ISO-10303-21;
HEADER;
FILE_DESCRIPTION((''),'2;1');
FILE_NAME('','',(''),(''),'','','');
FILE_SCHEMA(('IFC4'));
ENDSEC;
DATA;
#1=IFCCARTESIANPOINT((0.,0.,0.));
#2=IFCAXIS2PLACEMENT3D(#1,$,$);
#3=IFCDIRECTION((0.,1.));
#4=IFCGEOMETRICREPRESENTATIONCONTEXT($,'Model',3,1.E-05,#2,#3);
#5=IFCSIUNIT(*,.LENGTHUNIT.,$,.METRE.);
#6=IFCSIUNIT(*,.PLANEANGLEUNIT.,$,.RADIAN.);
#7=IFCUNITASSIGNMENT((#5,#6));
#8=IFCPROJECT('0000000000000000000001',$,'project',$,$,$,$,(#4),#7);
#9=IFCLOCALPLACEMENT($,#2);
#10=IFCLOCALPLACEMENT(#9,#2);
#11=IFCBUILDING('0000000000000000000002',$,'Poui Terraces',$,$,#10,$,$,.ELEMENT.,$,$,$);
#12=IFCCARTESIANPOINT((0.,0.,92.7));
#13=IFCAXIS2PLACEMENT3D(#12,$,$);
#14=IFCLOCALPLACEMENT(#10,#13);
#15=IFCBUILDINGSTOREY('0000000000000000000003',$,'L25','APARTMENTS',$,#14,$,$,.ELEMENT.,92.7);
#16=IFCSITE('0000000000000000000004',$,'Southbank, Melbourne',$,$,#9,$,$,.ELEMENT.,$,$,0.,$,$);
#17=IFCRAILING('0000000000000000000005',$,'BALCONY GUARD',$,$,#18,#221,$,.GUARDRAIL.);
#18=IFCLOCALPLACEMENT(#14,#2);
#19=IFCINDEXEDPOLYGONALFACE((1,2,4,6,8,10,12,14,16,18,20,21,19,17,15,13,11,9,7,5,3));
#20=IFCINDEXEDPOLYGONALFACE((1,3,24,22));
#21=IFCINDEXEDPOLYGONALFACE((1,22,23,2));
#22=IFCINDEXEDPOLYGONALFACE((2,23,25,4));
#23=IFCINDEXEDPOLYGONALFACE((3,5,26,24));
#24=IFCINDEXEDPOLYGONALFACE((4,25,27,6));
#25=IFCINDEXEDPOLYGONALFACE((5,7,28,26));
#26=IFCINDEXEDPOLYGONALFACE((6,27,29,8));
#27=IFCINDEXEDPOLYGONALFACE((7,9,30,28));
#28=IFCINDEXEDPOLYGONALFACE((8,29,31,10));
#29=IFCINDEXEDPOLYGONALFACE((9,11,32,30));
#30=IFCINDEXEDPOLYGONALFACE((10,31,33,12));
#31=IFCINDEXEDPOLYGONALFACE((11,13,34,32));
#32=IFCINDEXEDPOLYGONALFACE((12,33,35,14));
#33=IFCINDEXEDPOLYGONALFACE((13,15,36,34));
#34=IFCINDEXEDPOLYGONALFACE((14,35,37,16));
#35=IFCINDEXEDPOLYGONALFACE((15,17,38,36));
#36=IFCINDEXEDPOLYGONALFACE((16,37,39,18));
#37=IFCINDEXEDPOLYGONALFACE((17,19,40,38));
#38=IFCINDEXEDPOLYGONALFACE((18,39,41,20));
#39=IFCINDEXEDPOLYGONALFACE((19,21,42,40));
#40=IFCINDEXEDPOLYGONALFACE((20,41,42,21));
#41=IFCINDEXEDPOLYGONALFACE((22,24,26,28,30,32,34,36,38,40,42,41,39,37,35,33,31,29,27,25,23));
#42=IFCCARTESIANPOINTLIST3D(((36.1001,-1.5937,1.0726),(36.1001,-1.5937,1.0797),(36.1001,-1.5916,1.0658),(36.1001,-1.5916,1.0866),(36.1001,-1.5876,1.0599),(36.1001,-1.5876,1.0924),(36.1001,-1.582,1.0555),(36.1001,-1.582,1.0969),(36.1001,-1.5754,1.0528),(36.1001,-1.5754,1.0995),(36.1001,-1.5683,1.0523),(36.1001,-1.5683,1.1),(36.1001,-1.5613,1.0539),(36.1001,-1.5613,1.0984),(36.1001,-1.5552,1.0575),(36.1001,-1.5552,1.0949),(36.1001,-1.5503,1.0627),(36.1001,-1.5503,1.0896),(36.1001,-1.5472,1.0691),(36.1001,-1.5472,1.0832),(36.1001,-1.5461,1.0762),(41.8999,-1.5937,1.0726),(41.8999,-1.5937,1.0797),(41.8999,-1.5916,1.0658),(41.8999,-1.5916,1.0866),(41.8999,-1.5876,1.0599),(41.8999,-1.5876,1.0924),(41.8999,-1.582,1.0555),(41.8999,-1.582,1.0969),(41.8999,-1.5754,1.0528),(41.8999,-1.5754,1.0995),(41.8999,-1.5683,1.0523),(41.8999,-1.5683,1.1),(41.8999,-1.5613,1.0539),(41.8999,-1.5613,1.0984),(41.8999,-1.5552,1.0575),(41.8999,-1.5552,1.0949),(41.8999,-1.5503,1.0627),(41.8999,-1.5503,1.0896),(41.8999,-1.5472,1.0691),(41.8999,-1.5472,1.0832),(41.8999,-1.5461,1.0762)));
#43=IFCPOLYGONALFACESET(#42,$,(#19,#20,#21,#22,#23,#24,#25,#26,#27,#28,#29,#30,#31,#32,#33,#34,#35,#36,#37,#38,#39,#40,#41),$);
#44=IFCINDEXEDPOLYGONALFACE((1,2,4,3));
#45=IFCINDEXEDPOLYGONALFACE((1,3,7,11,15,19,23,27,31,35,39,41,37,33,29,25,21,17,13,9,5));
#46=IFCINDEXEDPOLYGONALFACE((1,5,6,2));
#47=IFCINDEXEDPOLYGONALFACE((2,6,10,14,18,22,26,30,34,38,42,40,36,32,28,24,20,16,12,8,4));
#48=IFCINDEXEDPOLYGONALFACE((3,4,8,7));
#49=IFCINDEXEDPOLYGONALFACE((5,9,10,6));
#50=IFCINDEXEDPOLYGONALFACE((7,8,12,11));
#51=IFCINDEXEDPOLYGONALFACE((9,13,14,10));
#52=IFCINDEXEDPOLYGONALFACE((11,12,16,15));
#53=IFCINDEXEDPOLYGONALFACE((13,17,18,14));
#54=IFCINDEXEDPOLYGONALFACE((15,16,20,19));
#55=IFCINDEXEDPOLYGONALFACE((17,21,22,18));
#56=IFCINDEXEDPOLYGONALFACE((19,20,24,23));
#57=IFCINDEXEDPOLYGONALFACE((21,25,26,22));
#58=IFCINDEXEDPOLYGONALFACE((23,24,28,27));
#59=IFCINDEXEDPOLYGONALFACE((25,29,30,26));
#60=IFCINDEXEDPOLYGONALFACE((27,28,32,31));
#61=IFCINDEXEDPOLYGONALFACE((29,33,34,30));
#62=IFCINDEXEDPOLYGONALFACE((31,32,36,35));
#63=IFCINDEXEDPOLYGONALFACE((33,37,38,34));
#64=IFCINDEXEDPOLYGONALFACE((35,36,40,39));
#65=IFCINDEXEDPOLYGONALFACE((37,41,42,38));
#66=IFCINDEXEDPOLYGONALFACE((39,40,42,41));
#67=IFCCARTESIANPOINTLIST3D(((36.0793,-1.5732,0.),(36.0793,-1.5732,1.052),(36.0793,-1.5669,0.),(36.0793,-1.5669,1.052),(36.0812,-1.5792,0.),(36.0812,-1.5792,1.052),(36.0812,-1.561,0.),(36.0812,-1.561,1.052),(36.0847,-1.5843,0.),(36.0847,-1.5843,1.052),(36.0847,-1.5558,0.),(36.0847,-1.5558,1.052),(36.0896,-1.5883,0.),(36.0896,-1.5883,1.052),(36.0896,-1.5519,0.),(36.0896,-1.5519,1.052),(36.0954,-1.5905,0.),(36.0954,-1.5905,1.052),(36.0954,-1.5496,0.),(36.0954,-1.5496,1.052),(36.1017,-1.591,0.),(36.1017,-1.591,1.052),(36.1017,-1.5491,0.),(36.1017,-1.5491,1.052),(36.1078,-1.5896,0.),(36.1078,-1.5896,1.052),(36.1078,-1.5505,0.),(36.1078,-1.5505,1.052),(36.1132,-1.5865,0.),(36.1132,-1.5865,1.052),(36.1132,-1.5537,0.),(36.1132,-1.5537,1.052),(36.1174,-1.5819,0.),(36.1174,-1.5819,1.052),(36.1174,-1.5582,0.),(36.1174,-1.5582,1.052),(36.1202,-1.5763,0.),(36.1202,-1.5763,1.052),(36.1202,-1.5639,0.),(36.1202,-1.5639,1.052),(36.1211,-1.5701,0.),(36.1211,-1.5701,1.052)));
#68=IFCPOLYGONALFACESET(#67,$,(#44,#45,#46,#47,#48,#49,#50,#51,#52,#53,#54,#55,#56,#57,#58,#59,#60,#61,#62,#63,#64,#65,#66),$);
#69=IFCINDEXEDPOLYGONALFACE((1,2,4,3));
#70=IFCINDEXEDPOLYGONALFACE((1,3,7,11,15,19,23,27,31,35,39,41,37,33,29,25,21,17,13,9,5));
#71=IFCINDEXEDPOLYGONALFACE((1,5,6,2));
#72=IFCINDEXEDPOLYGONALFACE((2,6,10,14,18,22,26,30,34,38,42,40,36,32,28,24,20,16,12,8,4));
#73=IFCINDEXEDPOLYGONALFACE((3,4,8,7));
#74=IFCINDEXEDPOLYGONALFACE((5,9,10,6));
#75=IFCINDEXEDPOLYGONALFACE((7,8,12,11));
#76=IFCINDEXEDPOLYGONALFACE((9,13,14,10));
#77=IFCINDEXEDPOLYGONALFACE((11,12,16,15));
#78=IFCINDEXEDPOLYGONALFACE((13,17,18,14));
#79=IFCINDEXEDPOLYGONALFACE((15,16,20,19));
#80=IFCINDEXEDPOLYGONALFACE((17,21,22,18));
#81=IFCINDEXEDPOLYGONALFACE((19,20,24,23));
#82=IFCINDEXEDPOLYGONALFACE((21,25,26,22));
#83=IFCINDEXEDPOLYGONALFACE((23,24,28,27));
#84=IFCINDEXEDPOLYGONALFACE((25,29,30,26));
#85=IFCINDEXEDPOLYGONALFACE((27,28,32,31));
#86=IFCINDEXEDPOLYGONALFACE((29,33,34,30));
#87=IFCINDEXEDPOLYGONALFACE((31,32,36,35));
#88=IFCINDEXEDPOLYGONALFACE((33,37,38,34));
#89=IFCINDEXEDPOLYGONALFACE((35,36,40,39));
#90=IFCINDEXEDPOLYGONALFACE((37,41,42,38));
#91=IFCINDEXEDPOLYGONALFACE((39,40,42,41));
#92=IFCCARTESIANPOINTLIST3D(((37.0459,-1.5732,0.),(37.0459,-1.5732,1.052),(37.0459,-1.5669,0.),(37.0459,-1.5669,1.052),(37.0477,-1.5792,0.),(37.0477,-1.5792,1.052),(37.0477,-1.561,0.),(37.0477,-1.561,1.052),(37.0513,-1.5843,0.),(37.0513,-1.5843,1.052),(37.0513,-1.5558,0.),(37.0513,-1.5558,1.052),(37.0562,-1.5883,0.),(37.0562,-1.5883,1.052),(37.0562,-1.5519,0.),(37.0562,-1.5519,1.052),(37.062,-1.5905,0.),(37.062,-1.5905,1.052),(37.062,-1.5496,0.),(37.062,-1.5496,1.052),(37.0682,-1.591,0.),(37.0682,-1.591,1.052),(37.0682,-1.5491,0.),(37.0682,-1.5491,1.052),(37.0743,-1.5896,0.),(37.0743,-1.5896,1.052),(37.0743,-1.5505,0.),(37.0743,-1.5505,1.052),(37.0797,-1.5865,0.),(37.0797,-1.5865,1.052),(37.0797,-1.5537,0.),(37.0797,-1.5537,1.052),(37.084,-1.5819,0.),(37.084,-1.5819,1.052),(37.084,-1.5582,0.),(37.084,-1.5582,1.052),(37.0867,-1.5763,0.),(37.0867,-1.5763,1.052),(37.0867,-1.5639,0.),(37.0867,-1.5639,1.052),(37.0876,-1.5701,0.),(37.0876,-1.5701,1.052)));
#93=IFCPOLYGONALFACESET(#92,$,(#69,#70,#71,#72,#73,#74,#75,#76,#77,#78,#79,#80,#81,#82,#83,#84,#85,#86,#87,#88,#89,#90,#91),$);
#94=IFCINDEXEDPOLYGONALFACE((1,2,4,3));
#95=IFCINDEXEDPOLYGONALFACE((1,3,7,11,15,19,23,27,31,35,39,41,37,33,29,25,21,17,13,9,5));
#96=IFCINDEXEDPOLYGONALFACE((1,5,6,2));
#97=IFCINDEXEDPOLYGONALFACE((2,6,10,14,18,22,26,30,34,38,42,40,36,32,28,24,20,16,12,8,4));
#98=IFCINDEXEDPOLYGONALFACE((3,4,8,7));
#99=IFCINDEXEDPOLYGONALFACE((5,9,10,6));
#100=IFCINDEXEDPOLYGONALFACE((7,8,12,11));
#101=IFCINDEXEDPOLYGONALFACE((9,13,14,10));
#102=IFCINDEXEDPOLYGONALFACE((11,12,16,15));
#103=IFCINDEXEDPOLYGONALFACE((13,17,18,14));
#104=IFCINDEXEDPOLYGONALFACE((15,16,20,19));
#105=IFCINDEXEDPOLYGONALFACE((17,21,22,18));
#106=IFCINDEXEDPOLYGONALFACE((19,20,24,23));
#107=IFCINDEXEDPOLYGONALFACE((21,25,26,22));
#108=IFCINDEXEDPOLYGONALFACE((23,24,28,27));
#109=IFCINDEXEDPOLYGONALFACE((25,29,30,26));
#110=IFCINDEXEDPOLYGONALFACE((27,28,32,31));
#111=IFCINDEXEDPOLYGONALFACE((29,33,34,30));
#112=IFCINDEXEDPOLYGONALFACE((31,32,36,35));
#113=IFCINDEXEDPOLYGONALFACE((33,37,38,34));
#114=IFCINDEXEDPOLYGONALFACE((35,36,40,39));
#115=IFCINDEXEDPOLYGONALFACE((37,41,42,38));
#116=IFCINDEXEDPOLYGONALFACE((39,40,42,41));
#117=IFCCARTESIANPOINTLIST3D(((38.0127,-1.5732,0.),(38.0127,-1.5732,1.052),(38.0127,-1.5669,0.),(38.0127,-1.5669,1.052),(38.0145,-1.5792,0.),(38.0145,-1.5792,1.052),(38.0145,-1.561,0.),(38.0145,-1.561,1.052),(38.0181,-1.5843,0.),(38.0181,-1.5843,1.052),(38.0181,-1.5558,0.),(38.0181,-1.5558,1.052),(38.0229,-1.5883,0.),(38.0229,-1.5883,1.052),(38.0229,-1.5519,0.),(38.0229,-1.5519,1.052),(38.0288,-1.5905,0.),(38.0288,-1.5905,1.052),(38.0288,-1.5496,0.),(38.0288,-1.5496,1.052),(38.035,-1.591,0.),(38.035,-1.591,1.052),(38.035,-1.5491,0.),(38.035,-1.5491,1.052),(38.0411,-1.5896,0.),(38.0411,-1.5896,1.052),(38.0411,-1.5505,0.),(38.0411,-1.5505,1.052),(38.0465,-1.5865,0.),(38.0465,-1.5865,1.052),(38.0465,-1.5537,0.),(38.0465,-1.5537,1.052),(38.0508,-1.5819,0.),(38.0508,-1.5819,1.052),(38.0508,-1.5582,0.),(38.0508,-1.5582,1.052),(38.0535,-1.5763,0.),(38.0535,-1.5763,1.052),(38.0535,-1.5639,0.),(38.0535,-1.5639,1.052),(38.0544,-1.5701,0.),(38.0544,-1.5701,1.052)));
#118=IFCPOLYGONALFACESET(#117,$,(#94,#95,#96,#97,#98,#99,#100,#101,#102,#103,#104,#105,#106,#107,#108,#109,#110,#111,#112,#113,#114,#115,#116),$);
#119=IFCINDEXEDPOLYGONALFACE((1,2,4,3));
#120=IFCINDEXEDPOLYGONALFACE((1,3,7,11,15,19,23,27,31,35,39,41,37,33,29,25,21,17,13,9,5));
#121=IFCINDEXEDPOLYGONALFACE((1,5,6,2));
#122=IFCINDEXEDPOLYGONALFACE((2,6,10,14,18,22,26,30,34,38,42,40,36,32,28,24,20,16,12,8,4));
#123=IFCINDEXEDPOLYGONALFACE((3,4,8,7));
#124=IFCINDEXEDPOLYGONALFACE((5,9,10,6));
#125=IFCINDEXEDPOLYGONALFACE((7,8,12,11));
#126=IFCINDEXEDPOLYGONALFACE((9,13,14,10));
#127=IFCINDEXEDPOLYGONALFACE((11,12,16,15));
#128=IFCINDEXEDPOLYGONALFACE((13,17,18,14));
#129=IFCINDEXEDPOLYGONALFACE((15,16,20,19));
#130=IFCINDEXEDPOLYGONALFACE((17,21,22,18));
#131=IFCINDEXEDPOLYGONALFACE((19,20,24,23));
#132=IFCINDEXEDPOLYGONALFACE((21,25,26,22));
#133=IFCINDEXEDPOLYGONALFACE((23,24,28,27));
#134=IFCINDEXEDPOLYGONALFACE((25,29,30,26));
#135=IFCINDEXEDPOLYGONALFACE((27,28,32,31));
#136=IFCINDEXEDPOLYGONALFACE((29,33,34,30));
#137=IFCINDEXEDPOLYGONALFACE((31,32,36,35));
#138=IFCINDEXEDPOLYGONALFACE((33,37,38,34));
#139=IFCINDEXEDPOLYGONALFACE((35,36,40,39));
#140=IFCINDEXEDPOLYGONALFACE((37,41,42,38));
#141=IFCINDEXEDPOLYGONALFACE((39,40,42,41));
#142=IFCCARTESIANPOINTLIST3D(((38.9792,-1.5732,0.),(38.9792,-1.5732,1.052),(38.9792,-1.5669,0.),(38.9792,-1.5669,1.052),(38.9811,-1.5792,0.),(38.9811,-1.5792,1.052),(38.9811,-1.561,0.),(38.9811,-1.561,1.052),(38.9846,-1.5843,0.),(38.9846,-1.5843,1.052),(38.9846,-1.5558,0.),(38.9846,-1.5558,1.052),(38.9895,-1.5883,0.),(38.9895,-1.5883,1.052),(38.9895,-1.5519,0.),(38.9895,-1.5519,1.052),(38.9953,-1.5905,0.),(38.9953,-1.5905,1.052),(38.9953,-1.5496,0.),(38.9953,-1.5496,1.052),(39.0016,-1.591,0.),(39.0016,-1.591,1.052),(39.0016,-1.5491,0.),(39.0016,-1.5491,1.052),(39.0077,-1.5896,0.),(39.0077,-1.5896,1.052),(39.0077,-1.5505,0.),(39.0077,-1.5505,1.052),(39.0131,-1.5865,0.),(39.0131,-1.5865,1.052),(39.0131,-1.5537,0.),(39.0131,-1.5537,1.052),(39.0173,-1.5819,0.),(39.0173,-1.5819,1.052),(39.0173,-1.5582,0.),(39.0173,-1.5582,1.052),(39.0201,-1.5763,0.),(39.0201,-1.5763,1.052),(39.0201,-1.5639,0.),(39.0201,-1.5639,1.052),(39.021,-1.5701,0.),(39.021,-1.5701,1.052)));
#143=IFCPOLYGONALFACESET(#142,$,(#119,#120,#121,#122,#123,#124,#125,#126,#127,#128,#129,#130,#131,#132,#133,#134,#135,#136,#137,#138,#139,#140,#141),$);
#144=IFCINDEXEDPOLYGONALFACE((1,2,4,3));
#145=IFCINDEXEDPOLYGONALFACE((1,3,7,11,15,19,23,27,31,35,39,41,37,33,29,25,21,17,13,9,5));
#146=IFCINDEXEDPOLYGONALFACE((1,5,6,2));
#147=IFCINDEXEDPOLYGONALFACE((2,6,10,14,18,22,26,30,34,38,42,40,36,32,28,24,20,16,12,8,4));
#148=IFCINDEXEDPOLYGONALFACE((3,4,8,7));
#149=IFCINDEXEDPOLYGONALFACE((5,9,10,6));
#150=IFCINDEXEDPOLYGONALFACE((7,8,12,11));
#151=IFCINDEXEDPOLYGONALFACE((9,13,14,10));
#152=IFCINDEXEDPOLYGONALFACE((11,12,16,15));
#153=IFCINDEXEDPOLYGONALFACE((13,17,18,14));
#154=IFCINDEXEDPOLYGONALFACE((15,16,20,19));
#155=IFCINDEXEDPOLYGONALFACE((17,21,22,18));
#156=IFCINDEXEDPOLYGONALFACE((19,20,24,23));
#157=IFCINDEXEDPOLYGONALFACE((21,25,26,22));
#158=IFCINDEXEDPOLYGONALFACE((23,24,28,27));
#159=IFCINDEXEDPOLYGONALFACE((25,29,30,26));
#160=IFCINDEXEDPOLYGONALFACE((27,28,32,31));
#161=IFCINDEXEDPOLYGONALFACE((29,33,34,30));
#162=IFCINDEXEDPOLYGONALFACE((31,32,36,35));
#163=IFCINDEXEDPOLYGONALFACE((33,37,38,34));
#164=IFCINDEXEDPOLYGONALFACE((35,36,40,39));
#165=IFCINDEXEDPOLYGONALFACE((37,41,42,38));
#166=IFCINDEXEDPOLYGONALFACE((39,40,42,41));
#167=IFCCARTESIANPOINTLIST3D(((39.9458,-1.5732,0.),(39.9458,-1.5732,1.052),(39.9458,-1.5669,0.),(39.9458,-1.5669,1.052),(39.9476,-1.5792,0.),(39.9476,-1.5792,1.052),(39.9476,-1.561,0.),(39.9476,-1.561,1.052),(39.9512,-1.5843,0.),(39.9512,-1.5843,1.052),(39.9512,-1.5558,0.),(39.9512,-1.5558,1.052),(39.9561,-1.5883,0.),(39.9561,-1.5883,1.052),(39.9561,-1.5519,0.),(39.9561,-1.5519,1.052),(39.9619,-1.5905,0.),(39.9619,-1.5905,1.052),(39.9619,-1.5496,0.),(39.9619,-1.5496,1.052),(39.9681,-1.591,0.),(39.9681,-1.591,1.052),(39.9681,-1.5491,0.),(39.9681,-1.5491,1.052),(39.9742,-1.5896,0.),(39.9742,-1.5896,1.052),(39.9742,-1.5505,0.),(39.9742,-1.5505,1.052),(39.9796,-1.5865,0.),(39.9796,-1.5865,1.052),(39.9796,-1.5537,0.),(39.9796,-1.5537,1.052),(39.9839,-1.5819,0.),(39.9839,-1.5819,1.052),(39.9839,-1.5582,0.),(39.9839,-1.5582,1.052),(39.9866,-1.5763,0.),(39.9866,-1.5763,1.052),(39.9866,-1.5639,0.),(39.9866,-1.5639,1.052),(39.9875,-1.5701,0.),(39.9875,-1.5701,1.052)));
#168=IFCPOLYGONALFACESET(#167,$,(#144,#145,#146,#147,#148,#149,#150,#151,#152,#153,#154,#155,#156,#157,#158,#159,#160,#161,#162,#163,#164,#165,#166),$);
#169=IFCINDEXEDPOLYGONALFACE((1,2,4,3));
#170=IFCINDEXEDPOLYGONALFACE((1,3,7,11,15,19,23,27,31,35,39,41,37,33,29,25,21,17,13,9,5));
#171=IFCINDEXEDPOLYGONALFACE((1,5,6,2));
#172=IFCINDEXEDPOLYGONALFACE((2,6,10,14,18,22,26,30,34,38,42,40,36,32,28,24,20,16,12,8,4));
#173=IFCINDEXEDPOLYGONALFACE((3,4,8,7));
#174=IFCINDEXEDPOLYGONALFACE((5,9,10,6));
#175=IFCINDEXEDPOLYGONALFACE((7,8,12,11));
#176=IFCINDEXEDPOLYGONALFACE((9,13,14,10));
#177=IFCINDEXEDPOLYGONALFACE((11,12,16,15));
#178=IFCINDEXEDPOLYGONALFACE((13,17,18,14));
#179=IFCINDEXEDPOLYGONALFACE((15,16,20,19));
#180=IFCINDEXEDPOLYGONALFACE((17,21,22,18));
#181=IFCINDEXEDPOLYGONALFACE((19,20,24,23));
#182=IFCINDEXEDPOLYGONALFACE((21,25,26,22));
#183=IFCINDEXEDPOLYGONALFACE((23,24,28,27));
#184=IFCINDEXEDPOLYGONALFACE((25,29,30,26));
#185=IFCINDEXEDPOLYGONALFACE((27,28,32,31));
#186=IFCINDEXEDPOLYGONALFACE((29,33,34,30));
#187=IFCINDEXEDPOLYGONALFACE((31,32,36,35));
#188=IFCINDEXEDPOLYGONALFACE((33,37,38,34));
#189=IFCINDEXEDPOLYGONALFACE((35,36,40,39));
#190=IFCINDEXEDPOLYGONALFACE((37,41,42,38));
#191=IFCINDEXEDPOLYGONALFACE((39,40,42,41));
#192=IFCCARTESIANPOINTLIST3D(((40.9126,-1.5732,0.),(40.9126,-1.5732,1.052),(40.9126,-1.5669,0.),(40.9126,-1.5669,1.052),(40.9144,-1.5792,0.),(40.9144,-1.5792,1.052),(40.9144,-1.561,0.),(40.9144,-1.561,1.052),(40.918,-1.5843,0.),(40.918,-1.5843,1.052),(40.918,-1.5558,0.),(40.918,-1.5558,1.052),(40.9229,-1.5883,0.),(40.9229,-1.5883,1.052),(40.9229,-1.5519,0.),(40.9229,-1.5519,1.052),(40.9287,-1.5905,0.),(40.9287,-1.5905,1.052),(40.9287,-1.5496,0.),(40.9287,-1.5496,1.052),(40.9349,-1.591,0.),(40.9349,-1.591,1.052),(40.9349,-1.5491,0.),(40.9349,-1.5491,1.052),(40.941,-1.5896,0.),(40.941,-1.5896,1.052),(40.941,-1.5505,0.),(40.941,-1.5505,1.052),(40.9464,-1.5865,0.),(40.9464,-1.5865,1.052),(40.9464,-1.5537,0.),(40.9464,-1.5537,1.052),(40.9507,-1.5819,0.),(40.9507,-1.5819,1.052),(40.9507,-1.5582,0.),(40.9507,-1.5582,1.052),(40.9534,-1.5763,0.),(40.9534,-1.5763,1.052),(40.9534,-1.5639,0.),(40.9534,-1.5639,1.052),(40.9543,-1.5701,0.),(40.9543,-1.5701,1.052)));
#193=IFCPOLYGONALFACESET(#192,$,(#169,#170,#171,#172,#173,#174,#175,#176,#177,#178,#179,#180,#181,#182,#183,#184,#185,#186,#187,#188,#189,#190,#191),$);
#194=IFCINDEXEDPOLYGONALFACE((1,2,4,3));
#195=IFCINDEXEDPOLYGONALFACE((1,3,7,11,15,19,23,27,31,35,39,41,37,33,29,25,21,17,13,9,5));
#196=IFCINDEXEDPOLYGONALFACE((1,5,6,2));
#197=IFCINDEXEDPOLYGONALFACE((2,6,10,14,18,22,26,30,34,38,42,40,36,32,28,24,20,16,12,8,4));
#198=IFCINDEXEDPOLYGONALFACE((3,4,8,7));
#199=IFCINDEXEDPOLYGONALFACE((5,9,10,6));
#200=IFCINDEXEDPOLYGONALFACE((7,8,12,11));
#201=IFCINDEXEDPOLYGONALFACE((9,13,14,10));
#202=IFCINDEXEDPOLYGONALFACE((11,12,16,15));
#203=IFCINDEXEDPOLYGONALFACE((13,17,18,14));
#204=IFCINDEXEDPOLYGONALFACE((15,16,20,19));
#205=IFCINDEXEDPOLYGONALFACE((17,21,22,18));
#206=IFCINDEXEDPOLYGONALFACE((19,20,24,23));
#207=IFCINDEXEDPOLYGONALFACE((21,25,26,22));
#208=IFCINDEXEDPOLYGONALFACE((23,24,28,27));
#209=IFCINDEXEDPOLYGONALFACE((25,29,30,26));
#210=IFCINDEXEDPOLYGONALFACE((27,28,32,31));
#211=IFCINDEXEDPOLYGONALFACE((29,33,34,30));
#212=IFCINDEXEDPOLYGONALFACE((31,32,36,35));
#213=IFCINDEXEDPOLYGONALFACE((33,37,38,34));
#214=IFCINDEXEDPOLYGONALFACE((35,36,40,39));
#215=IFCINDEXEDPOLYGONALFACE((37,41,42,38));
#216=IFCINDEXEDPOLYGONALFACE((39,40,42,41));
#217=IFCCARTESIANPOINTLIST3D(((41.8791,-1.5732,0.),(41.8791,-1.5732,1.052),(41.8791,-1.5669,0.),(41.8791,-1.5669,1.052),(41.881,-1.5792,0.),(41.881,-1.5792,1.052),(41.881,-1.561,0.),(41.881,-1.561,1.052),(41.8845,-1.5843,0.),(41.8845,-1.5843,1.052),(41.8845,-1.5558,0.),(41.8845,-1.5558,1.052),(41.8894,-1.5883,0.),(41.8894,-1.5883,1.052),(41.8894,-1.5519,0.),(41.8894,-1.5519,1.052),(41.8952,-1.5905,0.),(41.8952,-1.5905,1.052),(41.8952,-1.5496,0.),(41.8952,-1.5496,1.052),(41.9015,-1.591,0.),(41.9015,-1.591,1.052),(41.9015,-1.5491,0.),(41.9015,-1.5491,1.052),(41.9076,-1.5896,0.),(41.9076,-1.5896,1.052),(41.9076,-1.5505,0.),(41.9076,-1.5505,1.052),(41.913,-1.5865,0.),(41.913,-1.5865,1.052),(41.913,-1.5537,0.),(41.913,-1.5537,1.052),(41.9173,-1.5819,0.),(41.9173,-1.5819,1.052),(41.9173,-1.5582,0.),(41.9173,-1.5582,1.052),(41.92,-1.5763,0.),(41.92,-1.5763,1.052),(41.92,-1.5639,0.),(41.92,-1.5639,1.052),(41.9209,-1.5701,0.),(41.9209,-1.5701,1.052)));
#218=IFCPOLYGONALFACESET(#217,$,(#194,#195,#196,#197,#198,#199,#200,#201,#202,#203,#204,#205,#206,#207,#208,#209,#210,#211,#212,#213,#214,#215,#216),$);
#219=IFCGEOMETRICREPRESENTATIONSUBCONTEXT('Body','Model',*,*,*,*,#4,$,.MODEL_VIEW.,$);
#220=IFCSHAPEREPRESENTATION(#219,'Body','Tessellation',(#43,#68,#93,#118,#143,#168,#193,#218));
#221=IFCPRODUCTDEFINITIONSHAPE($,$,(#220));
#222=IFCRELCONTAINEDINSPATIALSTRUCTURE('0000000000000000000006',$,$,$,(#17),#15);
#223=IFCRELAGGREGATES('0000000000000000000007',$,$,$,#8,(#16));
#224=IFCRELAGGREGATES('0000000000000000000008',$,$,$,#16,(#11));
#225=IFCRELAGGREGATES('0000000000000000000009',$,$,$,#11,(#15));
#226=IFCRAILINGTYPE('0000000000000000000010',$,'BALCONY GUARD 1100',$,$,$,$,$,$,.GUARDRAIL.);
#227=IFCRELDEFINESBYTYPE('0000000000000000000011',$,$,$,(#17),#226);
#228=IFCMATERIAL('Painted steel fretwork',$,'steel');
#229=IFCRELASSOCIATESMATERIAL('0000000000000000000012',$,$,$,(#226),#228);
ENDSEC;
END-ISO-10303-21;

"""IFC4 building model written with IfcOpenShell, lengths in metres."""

from ifc_helpers import new_model, si_unit, direction, frame, origin, origin_2d, place, context, subcontext, project, spatial, circle, extrude, material, type_object, element, save


model = new_model("IFC4")

# Units and contexts
model_context = context("Model", 3, precision=1e-05, world=origin(), true_north=direction((0.0, 1.0)))
body_context = subcontext(model_context, "Body", "Model", "MODEL_VIEW")
ifc_project = project(units=[si_unit("LENGTHUNIT", "METRE"), si_unit("PLANEANGLEUNIT", "RADIAN")], contexts=[model_context])

# Site, building, storey
site_placement = place(None, origin())
site = spatial("IfcSite", under=ifc_project, at=site_placement, Name="Southbank, Melbourne", CompositionType="ELEMENT", RefElevation=0.0)
building_placement = place(site_placement, origin())
building = spatial("IfcBuilding", under=site, at=building_placement, Name="Poui Terraces", CompositionType="ELEMENT")
storey_placement = place(building_placement, frame((0.0, 0.0, 92.7)))
storey = spatial("IfcBuildingStorey", under=building, at=storey_placement, Name="L25", Description="APARTMENTS", CompositionType="ELEMENT", Elevation=92.7)

# Railing
ifc_material_1 = material(Name="Painted steel fretwork", Category="steel")
railing_type = type_object("IfcRailingType", Name="BALCONY GUARD 1100", PredefinedType="GUARDRAIL", material=ifc_material_1)
for number, where, name in (
    (1, (36.1001, -1.5701, 0.0), "BALCONY GUARD"),
):
    element("IfcRailing", number, at=place(storey_placement, frame(where)), inside=storey, type_object=railing_type, Name=name, PredefinedType="GUARDRAIL", context=body_context, shape_type="SweptSolid", body=[
        extrude(circle(Radius=0.0239, at=origin_2d()), frame((0.0, 0.0, 1.0762), z_axis=(1.0, 0.0, 0.0), x_axis=(0.0, 1.0, 0.0)), (0.0, 0.0, 1.0), 5.7998),
        extrude(circle(Radius=0.021, at=origin_2d()), origin(), (0.0, 0.0, 1.0), 1.052),
        extrude(circle(Radius=0.021, at=origin_2d()), frame((0.9666, 0.0, 0.0)), (0.0, 0.0, 1.0), 1.052),
        extrude(circle(Radius=0.021, at=origin_2d()), frame((1.9333, 0.0, 0.0)), (0.0, 0.0, 1.0), 1.052),
        extrude(circle(Radius=0.021, at=origin_2d()), frame((2.8999, 0.0, 0.0)), (0.0, 0.0, 1.0), 1.052),
        extrude(circle(Radius=0.021, at=origin_2d()), frame((3.8665, 0.0, 0.0)), (0.0, 0.0, 1.0), 1.052),
        extrude(circle(Radius=0.021, at=origin_2d()), frame((4.8333, 0.0, 0.0)), (0.0, 0.0, 1.0), 1.052),
        extrude(circle(Radius=0.021, at=origin_2d()), frame((5.7998, 0.0, 0.0)), (0.0, 0.0, 1.0), 1.052),
    ])

save(model, "model.ifc")
